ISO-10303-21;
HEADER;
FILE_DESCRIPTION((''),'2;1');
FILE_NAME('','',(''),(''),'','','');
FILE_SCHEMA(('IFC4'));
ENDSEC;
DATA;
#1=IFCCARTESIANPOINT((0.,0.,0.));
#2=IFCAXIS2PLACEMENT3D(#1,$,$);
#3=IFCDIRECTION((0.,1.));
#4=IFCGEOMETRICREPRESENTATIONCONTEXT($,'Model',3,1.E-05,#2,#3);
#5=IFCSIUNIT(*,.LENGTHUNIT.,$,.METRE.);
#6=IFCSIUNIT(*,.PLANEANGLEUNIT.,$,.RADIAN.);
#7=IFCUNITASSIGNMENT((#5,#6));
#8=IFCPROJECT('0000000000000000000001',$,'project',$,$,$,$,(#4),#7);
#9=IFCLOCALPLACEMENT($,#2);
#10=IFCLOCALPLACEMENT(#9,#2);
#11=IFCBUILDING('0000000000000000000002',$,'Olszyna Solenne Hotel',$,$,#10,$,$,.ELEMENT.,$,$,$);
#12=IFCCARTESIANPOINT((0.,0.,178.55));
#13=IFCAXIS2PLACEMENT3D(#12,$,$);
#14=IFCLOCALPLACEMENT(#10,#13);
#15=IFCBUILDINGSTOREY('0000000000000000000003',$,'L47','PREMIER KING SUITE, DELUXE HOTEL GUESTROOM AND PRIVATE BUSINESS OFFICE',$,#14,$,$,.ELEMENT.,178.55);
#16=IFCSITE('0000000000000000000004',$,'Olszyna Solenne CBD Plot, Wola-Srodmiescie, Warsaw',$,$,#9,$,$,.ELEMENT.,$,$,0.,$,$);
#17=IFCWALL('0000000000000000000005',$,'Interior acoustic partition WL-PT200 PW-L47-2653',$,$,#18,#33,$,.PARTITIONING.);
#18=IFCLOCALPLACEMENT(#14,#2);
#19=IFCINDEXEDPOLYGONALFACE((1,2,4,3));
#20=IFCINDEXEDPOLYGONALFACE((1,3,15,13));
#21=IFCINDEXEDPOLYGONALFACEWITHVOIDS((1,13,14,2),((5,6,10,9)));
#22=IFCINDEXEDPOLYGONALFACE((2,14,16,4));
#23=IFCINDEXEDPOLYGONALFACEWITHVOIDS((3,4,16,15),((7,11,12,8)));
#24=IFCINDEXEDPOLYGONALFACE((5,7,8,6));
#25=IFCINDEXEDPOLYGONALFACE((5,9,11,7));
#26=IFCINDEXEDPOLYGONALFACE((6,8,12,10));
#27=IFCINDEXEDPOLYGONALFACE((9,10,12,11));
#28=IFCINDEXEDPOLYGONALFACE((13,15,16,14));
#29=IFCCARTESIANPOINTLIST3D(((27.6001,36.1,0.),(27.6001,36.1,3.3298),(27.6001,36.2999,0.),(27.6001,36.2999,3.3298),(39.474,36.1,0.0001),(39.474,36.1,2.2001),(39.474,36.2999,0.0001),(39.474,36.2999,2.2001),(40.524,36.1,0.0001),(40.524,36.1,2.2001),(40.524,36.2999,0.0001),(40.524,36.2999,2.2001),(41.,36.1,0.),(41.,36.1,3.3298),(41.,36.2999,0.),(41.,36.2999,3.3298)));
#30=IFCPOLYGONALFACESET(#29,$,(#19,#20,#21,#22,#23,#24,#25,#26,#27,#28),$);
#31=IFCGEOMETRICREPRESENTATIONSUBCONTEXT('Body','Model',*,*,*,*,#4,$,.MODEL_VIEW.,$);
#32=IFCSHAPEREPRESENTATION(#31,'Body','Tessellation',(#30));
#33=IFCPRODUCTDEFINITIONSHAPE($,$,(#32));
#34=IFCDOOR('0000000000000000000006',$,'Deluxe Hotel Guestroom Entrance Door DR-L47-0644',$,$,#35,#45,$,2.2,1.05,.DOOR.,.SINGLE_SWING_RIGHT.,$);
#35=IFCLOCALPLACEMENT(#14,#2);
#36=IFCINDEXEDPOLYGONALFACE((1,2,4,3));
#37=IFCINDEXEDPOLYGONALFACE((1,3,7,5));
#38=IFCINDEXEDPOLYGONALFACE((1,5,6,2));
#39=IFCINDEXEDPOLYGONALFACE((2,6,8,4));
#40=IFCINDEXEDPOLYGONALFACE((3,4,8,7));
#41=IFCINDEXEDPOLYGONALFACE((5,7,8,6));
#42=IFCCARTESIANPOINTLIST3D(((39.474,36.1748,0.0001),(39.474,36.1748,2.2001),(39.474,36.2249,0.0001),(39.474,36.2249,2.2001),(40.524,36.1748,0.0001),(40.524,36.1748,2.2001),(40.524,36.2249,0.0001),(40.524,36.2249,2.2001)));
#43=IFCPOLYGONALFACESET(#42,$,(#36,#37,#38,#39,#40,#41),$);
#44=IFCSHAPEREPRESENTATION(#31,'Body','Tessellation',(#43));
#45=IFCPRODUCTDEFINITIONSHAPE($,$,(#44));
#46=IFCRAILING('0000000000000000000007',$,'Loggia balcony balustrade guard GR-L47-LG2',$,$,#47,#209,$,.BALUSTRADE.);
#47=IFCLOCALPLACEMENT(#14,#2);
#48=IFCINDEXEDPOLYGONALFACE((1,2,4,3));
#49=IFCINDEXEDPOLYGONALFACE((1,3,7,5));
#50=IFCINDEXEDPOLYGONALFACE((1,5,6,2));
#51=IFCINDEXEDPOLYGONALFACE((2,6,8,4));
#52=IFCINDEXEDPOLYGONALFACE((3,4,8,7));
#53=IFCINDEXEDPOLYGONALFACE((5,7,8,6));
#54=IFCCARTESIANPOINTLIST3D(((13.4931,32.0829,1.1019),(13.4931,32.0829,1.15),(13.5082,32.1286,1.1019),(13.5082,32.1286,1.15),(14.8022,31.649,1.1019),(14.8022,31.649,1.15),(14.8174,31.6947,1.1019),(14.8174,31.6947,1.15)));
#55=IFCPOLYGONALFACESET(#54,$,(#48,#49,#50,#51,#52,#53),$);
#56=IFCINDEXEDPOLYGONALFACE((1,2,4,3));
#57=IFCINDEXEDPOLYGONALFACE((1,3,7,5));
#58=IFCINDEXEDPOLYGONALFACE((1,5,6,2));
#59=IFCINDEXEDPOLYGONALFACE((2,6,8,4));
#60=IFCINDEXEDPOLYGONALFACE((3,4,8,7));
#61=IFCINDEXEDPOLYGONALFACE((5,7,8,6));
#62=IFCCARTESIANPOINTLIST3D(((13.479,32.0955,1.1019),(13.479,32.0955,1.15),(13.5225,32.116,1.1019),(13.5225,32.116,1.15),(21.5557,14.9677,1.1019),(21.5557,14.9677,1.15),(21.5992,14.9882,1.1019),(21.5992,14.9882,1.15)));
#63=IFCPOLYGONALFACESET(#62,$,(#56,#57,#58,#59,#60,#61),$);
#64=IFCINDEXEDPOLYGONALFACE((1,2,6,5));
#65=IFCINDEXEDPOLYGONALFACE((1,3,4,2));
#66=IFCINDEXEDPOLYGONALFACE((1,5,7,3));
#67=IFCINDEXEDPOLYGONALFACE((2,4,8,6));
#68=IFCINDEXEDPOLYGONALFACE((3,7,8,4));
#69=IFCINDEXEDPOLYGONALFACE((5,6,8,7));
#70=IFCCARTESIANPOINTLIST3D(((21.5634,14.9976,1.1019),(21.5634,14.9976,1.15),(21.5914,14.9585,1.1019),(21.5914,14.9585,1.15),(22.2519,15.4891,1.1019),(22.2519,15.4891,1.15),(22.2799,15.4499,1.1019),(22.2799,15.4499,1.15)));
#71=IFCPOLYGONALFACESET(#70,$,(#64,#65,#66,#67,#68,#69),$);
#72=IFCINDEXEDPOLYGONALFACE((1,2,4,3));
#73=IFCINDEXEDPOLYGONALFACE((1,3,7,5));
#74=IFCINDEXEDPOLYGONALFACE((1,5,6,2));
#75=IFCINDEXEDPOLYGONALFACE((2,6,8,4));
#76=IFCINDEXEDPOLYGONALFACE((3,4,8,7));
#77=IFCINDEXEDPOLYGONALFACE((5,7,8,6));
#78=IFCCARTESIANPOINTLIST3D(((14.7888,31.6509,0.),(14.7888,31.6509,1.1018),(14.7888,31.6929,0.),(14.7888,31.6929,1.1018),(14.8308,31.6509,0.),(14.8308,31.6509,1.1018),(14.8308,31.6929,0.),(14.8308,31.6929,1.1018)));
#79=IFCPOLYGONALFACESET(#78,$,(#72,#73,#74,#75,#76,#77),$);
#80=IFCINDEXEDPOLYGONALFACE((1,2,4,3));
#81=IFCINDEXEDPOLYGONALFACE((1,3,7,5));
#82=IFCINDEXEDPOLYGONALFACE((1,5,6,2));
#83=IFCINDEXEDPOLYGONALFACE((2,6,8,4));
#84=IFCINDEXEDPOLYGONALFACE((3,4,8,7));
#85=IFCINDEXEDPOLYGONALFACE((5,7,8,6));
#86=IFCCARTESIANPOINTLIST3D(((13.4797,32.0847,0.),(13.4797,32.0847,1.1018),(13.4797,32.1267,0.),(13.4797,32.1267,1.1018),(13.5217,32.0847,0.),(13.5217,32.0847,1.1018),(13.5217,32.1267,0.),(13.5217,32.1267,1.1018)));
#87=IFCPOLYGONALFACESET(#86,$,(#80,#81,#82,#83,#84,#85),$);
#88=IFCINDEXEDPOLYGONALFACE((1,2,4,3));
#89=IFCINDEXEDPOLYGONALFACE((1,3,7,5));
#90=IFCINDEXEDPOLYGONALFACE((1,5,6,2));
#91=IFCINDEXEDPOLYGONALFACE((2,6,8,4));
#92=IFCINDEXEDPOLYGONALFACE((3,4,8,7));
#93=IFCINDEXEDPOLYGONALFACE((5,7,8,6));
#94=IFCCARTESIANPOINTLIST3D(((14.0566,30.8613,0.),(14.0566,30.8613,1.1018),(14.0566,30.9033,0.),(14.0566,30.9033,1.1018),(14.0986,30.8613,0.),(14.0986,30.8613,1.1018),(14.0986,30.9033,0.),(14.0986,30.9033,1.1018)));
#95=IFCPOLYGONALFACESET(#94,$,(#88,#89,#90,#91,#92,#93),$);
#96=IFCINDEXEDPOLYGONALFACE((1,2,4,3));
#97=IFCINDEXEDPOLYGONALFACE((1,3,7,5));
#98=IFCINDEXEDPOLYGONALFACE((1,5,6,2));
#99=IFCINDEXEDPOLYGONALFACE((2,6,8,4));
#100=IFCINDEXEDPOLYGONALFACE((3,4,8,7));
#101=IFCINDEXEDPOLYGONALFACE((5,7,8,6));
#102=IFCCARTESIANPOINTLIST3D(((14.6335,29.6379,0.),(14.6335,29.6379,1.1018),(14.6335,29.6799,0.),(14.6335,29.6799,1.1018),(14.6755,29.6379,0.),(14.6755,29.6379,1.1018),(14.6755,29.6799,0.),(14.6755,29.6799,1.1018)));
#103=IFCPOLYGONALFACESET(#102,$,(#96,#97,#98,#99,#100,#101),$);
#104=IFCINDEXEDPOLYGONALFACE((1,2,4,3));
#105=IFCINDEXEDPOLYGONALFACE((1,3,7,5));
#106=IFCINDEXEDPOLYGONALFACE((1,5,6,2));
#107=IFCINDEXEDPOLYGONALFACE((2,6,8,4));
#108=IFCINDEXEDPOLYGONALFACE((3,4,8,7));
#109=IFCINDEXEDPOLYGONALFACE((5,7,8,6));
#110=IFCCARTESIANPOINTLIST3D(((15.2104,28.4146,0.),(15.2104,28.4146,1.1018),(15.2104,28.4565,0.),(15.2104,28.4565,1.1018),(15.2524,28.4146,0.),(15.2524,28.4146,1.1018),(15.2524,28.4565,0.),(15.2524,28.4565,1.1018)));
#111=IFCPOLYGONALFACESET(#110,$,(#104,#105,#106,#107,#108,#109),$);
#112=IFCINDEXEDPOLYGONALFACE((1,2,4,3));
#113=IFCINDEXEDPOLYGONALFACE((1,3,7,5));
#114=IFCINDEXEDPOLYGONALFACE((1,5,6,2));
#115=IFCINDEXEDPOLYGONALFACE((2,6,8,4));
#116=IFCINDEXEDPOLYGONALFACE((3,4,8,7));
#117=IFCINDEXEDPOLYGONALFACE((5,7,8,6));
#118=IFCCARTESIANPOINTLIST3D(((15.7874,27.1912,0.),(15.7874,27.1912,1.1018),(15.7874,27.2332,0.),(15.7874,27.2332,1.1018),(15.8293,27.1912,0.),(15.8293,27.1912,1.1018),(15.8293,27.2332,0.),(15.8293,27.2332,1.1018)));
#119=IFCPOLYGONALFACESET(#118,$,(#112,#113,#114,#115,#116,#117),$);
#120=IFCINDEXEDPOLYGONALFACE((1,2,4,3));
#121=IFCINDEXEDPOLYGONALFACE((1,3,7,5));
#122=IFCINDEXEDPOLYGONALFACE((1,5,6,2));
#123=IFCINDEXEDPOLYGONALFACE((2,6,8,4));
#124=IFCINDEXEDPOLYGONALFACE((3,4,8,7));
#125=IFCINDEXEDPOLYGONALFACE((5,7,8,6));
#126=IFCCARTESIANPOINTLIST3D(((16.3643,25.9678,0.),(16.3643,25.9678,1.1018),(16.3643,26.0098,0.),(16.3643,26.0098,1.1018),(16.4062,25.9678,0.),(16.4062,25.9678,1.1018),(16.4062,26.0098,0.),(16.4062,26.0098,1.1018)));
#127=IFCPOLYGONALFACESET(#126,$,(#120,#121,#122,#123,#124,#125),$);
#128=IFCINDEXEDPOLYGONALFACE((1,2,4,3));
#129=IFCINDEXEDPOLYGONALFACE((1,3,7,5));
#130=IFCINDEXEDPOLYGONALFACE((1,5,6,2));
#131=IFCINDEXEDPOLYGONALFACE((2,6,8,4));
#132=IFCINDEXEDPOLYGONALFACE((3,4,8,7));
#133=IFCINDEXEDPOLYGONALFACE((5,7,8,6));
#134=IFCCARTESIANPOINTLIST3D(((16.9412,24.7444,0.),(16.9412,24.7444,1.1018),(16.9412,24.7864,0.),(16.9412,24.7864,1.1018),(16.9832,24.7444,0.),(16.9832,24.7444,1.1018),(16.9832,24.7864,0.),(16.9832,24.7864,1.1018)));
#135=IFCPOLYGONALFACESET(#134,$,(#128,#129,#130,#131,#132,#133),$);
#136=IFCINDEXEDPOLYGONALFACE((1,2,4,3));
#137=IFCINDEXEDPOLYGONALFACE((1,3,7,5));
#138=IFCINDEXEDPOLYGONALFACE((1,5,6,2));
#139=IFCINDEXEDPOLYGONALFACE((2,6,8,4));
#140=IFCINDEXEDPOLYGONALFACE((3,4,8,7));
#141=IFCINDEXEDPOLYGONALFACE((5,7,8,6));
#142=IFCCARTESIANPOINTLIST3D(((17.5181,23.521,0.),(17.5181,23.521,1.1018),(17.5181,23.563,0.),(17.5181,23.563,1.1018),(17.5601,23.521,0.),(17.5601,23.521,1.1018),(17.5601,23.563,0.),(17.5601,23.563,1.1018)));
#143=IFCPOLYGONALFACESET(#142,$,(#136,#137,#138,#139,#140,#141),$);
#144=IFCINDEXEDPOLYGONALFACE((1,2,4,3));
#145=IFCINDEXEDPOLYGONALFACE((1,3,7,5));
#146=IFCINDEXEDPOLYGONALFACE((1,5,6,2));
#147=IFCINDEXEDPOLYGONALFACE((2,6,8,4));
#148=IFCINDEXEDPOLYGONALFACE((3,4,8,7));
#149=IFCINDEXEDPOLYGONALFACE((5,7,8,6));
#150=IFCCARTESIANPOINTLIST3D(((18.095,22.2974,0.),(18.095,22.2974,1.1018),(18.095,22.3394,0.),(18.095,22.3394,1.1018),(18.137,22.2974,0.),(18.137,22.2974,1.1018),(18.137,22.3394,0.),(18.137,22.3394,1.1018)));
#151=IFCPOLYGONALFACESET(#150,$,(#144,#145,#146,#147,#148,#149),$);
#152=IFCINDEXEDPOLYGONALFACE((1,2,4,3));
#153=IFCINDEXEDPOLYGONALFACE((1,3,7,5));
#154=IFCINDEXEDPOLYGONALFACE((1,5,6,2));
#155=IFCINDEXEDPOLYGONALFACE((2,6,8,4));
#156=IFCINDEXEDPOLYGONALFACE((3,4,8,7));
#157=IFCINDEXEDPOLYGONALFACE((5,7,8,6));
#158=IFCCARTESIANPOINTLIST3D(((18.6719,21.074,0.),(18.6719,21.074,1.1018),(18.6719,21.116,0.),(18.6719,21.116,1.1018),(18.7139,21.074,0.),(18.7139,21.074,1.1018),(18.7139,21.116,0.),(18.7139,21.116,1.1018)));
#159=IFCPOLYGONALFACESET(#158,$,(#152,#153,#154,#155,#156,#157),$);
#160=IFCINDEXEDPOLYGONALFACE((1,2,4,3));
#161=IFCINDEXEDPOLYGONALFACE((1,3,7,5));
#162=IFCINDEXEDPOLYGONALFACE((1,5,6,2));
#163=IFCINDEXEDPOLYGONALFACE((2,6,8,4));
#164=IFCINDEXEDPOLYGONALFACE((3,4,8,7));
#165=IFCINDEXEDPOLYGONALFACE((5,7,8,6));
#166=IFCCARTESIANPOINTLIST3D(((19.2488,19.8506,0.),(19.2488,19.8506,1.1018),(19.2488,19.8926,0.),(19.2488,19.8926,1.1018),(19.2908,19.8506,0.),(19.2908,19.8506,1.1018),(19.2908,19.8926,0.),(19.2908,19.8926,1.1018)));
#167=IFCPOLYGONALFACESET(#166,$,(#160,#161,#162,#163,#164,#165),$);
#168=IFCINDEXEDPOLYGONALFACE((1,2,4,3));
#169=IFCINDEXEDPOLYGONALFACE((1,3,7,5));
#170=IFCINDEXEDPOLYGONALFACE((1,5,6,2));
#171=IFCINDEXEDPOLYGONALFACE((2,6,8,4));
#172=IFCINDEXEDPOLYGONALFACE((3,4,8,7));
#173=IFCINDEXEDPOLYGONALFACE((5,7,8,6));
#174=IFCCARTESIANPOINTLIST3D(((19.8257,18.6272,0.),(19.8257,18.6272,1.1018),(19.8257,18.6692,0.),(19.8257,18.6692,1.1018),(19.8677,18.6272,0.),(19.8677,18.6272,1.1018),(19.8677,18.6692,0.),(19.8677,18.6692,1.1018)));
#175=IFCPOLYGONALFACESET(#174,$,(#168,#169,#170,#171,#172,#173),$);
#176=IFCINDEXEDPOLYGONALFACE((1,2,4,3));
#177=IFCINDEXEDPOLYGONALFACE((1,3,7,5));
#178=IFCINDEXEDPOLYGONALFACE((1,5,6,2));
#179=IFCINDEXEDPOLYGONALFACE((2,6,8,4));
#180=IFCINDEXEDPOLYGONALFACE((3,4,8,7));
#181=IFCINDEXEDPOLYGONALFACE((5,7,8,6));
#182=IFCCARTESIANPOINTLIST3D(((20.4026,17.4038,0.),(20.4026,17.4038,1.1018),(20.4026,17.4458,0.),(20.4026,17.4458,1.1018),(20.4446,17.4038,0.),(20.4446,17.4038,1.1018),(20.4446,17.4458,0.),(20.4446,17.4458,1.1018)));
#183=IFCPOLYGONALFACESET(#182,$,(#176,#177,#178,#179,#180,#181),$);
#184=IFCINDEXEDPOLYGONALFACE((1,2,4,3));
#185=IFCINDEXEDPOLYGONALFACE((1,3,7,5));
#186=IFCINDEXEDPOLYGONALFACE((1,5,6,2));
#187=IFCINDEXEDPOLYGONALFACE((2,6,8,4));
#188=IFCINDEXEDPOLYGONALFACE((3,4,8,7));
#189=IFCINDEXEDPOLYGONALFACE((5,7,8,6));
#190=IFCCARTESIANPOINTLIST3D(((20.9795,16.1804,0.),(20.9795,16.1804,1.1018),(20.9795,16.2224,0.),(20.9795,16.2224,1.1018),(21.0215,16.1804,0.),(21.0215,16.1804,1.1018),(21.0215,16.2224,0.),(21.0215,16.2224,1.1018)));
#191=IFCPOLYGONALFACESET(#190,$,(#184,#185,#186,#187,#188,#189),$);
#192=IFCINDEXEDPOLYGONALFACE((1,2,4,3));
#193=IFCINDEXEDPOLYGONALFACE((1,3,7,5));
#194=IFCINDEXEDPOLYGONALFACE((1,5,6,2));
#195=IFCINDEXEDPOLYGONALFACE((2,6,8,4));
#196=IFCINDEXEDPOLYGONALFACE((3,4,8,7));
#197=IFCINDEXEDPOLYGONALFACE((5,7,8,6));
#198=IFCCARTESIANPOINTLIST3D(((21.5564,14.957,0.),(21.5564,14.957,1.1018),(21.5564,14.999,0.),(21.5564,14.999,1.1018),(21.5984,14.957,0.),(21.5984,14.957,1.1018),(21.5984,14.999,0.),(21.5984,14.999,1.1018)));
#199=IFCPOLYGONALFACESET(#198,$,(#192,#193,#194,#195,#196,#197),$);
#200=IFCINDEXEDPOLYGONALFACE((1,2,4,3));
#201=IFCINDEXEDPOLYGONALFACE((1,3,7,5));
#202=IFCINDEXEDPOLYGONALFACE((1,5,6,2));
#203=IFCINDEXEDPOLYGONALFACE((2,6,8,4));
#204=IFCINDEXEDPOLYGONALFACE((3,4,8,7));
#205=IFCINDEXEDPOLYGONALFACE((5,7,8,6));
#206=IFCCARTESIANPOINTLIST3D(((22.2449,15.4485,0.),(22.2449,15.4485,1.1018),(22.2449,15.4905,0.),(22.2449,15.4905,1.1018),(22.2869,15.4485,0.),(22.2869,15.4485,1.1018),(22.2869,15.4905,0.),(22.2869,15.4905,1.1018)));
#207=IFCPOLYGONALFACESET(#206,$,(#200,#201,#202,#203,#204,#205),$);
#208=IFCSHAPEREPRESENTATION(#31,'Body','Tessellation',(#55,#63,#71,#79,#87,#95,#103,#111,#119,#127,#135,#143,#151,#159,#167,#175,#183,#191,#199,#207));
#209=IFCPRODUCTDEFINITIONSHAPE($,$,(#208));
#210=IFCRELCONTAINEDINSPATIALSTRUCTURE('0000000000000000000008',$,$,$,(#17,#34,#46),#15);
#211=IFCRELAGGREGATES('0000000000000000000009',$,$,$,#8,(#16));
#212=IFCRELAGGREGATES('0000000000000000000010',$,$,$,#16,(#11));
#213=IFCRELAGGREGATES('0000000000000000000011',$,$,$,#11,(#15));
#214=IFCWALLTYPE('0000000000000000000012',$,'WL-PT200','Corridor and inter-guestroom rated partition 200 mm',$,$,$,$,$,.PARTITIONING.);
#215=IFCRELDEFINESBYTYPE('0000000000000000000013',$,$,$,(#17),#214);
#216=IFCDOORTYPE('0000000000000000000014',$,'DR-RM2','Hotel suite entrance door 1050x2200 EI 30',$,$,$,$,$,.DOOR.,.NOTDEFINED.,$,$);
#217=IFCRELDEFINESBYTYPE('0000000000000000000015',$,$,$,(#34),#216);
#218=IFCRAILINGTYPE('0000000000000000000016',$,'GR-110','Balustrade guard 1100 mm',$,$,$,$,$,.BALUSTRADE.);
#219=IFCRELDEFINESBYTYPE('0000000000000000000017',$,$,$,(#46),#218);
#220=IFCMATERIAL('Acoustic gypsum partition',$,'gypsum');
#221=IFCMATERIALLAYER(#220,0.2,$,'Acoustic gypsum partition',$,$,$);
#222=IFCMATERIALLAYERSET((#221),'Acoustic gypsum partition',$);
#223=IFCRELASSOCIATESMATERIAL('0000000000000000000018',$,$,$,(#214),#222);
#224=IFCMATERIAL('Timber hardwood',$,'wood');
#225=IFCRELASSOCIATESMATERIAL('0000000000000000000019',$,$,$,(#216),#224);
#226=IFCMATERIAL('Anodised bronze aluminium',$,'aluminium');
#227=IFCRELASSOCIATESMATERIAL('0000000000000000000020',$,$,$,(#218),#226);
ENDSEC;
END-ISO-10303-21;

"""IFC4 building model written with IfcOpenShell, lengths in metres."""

from ifc_helpers import new_model, si_unit, direction, frame, frame_2d, origin, origin_2d, place, context, subcontext, project, spatial, rectangle, extrude, source, transform, mapped, material, layer, layer_set, type_object, type_shapes, element, fill, save


model = new_model("IFC4")

# Units and contexts
model_context = context("Model", 3, precision=1e-05, world=origin(), true_north=direction((0.0, 1.0)))
body_context = subcontext(model_context, "Body", "Model", "MODEL_VIEW")
ifc_project = project(units=[si_unit("LENGTHUNIT", "METRE"), si_unit("PLANEANGLEUNIT", "RADIAN")], contexts=[model_context])

# Site, building, storey
site_placement = place(None, origin())
site = spatial("IfcSite", under=ifc_project, at=site_placement, Name="Olszyna Solenne CBD Plot, Wola-Srodmiescie, Warsaw", CompositionType="ELEMENT", RefElevation=0.0)
building_placement = place(site_placement, origin())
building = spatial("IfcBuilding", under=site, at=building_placement, Name="Olszyna Solenne Hotel", CompositionType="ELEMENT")
storey_placement = place(building_placement, frame((0.0, 0.0, 178.55)))
storey = spatial("IfcBuildingStorey", under=building, at=storey_placement, Name="L47", Description="PREMIER KING SUITE, DELUXE HOTEL GUESTROOM AND PRIVATE BUSINESS OFFICE", CompositionType="ELEMENT", Elevation=178.55)

# Shared definitions
ifc_material_1 = material(Name="Acoustic gypsum partition", Category="gypsum")

# Shared definitions
ifc_material_2 = material(Name="Timber hardwood", Category="wood")

# Shared definitions
ifc_layer_1 = layer(ifc_material_1, 0.2, Name="Acoustic gypsum partition")
ifc_layer_set_1 = layer_set([ifc_layer_1], Name="Acoustic gypsum partition")
wall_type_1 = type_object("IfcWallType", Name="WL-PT200", Description="Corridor and inter-guestroom rated partition 200 mm", PredefinedType="PARTITIONING", material=ifc_layer_set_1)

# Wall, opening, door
wall_1_placement = place(storey_placement, frame((27.6001, 36.2, 0.0), z_axis=(0.0, 0.0, 1.0), x_axis=(1.0, 0.0, 0.0)))
wall_1 = element("IfcWall", 1, at=wall_1_placement, inside=storey, type_object=wall_type_1, Name="Interior acoustic partition WL-PT200 PW-L47-2653", PredefinedType="PARTITIONING", context=body_context, shape_type="SweptSolid", body=[
    extrude(rectangle(XDim=13.3999, YDim=0.2, at=frame_2d((6.7, 0.0))), origin(), (0.0, 0.0, 1.0), 3.3298),
])
opening_1_placement = place(wall_1_placement, frame((11.874, 0.0, 0.0)))
opening_1 = element("IfcOpeningElement", 2, at=opening_1_placement, cuts=wall_1, PredefinedType="OPENING", context=body_context, shape_type="SweptSolid", body=[
    extrude(rectangle(XDim=1.05, YDim=2.2, at=frame_2d((0.5249, 1.1001))), frame((0.0, 0.1099, 0.0), z_axis=(0.0, -1.0, 0.0), x_axis=(1.0, 0.0, 0.0)), (0.0, 0.0, 1.0), 0.22),
])
door_type_1 = type_object("IfcDoorType", Name="DR-RM2", Description="Hotel suite entrance door 1050x2200 EI 30", OperationType="NOTDEFINED", PredefinedType="DOOR", material=ifc_material_2)
shared_shape_1 = source(origin(), body_context, "Body", "SweptSolid", [
    extrude(rectangle(XDim=1.05, YDim=2.2, at=frame_2d((0.5249, 1.1001))), frame((0.0, 0.0249, 0.0), z_axis=(0.0, -1.0, 0.0), x_axis=(1.0, 0.0, 0.0)), (0.0, 0.0, 1.0), 0.05),
])
type_shapes(door_type_1, [shared_shape_1])
door_1_placement = place(opening_1_placement, origin())
door_1 = element("IfcDoor", 3, at=door_1_placement, inside=storey, type_object=door_type_1, Name="Deluxe Hotel Guestroom Entrance Door DR-L47-0644", OperationType="SINGLE_SWING_RIGHT", OverallHeight=2.2, OverallWidth=1.05, PredefinedType="DOOR", context=body_context, shape_type="MappedRepresentation", body=[
    mapped(shared_shape_1, transform((0.0, 0.0, 0.0), x_axis=(1.0, 0.0, 0.0), y_axis=(0.0, 1.0, 0.0), z_axis=(0.0, 0.0, 1.0), scale=1.0)),
])
fill(opening_1, door_1)

# Railing
ifc_material_3 = material(Name="Anodised bronze aluminium", Category="aluminium")
railing_type = type_object("IfcRailingType", Name="GR-110", Description="Balustrade guard 1100 mm", PredefinedType="BALUSTRADE", material=ifc_material_3)
railing_placement = place(storey_placement, frame((14.8098, 31.6719, 0.0)))
element("IfcRailing", 4, at=railing_placement, inside=storey, type_object=railing_type, Name="Loggia balcony balustrade guard GR-L47-LG2", PredefinedType="BALUSTRADE", context=body_context, shape_type="SweptSolid", body=[
    extrude(rectangle(XDim=0.0481, YDim=0.0481, at=origin_2d()), frame((0.0, 0.0, 1.126), z_axis=(-0.949231, 0.314581, 0.0), x_axis=(-0.314581, -0.949231, 0.0)), (0.0, 0.0, 1.0), 1.3792),
    extrude(rectangle(XDim=0.0481, YDim=0.0481, at=origin_2d()), frame((-1.3091, 0.4338, 1.126), z_axis=(0.426513, -0.904481, 0.0), x_axis=(0.904481, 0.426513, 0.0)), (0.0, 0.0, 1.0), 18.9365),
    extrude(rectangle(XDim=0.0481, YDim=0.0481, at=origin_2d()), frame((6.7676, -16.6938, 1.126), z_axis=(0.813909, 0.580992, 0.0), x_axis=(-0.580992, 0.813909, 0.0)), (0.0, 0.0, 1.0), 0.8459),
    extrude(rectangle(XDim=0.042, YDim=0.042, at=origin_2d()), origin(), (0.0, 0.0, 1.0), 1.1018),
    extrude(rectangle(XDim=0.042, YDim=0.042, at=origin_2d()), frame((-1.3091, 0.4338, 0.0)), (0.0, 0.0, 1.0), 1.1018),
    extrude(rectangle(XDim=0.042, YDim=0.042, at=origin_2d()), frame((-0.7322, -0.7896, 0.0)), (0.0, 0.0, 1.0), 1.1018),
    extrude(rectangle(XDim=0.042, YDim=0.042, at=origin_2d()), frame((-0.1553, -2.0129, 0.0)), (0.0, 0.0, 1.0), 1.1018),
    extrude(rectangle(XDim=0.042, YDim=0.042, at=origin_2d()), frame((0.4216, -3.2363, 0.0)), (0.0, 0.0, 1.0), 1.1018),
    extrude(rectangle(XDim=0.042, YDim=0.042, at=origin_2d()), frame((0.9985, -4.4597, 0.0)), (0.0, 0.0, 1.0), 1.1018),
    extrude(rectangle(XDim=0.042, YDim=0.042, at=origin_2d()), frame((1.5754, -5.6831, 0.0)), (0.0, 0.0, 1.0), 1.1018),
    extrude(rectangle(XDim=0.042, YDim=0.042, at=origin_2d()), frame((2.1523, -6.9065, 0.0)), (0.0, 0.0, 1.0), 1.1018),
    extrude(rectangle(XDim=0.042, YDim=0.042, at=origin_2d()), frame((2.7292, -8.1299, 0.0)), (0.0, 0.0, 1.0), 1.1018),
    extrude(rectangle(XDim=0.042, YDim=0.042, at=origin_2d()), frame((3.3062, -9.3535, 0.0)), (0.0, 0.0, 1.0), 1.1018),
    extrude(rectangle(XDim=0.042, YDim=0.042, at=origin_2d()), frame((3.8831, -10.5769, 0.0)), (0.0, 0.0, 1.0), 1.1018),
    extrude(rectangle(XDim=0.042, YDim=0.042, at=origin_2d()), frame((4.46, -11.8003, 0.0)), (0.0, 0.0, 1.0), 1.1018),
    extrude(rectangle(XDim=0.042, YDim=0.042, at=origin_2d()), frame((5.0369, -13.0237, 0.0)), (0.0, 0.0, 1.0), 1.1018),
    extrude(rectangle(XDim=0.042, YDim=0.042, at=origin_2d()), frame((5.6138, -14.2471, 0.0)), (0.0, 0.0, 1.0), 1.1018),
    extrude(rectangle(XDim=0.042, YDim=0.042, at=origin_2d()), frame((6.1907, -15.4705, 0.0)), (0.0, 0.0, 1.0), 1.1018),
    extrude(rectangle(XDim=0.042, YDim=0.042, at=origin_2d()), frame((6.7676, -16.6938, 0.0)), (0.0, 0.0, 1.0), 1.1018),
    extrude(rectangle(XDim=0.042, YDim=0.042, at=origin_2d()), frame((7.4561, -16.2024, 0.0)), (0.0, 0.0, 1.0), 1.1018),
])

save(model, "model.ifc")
